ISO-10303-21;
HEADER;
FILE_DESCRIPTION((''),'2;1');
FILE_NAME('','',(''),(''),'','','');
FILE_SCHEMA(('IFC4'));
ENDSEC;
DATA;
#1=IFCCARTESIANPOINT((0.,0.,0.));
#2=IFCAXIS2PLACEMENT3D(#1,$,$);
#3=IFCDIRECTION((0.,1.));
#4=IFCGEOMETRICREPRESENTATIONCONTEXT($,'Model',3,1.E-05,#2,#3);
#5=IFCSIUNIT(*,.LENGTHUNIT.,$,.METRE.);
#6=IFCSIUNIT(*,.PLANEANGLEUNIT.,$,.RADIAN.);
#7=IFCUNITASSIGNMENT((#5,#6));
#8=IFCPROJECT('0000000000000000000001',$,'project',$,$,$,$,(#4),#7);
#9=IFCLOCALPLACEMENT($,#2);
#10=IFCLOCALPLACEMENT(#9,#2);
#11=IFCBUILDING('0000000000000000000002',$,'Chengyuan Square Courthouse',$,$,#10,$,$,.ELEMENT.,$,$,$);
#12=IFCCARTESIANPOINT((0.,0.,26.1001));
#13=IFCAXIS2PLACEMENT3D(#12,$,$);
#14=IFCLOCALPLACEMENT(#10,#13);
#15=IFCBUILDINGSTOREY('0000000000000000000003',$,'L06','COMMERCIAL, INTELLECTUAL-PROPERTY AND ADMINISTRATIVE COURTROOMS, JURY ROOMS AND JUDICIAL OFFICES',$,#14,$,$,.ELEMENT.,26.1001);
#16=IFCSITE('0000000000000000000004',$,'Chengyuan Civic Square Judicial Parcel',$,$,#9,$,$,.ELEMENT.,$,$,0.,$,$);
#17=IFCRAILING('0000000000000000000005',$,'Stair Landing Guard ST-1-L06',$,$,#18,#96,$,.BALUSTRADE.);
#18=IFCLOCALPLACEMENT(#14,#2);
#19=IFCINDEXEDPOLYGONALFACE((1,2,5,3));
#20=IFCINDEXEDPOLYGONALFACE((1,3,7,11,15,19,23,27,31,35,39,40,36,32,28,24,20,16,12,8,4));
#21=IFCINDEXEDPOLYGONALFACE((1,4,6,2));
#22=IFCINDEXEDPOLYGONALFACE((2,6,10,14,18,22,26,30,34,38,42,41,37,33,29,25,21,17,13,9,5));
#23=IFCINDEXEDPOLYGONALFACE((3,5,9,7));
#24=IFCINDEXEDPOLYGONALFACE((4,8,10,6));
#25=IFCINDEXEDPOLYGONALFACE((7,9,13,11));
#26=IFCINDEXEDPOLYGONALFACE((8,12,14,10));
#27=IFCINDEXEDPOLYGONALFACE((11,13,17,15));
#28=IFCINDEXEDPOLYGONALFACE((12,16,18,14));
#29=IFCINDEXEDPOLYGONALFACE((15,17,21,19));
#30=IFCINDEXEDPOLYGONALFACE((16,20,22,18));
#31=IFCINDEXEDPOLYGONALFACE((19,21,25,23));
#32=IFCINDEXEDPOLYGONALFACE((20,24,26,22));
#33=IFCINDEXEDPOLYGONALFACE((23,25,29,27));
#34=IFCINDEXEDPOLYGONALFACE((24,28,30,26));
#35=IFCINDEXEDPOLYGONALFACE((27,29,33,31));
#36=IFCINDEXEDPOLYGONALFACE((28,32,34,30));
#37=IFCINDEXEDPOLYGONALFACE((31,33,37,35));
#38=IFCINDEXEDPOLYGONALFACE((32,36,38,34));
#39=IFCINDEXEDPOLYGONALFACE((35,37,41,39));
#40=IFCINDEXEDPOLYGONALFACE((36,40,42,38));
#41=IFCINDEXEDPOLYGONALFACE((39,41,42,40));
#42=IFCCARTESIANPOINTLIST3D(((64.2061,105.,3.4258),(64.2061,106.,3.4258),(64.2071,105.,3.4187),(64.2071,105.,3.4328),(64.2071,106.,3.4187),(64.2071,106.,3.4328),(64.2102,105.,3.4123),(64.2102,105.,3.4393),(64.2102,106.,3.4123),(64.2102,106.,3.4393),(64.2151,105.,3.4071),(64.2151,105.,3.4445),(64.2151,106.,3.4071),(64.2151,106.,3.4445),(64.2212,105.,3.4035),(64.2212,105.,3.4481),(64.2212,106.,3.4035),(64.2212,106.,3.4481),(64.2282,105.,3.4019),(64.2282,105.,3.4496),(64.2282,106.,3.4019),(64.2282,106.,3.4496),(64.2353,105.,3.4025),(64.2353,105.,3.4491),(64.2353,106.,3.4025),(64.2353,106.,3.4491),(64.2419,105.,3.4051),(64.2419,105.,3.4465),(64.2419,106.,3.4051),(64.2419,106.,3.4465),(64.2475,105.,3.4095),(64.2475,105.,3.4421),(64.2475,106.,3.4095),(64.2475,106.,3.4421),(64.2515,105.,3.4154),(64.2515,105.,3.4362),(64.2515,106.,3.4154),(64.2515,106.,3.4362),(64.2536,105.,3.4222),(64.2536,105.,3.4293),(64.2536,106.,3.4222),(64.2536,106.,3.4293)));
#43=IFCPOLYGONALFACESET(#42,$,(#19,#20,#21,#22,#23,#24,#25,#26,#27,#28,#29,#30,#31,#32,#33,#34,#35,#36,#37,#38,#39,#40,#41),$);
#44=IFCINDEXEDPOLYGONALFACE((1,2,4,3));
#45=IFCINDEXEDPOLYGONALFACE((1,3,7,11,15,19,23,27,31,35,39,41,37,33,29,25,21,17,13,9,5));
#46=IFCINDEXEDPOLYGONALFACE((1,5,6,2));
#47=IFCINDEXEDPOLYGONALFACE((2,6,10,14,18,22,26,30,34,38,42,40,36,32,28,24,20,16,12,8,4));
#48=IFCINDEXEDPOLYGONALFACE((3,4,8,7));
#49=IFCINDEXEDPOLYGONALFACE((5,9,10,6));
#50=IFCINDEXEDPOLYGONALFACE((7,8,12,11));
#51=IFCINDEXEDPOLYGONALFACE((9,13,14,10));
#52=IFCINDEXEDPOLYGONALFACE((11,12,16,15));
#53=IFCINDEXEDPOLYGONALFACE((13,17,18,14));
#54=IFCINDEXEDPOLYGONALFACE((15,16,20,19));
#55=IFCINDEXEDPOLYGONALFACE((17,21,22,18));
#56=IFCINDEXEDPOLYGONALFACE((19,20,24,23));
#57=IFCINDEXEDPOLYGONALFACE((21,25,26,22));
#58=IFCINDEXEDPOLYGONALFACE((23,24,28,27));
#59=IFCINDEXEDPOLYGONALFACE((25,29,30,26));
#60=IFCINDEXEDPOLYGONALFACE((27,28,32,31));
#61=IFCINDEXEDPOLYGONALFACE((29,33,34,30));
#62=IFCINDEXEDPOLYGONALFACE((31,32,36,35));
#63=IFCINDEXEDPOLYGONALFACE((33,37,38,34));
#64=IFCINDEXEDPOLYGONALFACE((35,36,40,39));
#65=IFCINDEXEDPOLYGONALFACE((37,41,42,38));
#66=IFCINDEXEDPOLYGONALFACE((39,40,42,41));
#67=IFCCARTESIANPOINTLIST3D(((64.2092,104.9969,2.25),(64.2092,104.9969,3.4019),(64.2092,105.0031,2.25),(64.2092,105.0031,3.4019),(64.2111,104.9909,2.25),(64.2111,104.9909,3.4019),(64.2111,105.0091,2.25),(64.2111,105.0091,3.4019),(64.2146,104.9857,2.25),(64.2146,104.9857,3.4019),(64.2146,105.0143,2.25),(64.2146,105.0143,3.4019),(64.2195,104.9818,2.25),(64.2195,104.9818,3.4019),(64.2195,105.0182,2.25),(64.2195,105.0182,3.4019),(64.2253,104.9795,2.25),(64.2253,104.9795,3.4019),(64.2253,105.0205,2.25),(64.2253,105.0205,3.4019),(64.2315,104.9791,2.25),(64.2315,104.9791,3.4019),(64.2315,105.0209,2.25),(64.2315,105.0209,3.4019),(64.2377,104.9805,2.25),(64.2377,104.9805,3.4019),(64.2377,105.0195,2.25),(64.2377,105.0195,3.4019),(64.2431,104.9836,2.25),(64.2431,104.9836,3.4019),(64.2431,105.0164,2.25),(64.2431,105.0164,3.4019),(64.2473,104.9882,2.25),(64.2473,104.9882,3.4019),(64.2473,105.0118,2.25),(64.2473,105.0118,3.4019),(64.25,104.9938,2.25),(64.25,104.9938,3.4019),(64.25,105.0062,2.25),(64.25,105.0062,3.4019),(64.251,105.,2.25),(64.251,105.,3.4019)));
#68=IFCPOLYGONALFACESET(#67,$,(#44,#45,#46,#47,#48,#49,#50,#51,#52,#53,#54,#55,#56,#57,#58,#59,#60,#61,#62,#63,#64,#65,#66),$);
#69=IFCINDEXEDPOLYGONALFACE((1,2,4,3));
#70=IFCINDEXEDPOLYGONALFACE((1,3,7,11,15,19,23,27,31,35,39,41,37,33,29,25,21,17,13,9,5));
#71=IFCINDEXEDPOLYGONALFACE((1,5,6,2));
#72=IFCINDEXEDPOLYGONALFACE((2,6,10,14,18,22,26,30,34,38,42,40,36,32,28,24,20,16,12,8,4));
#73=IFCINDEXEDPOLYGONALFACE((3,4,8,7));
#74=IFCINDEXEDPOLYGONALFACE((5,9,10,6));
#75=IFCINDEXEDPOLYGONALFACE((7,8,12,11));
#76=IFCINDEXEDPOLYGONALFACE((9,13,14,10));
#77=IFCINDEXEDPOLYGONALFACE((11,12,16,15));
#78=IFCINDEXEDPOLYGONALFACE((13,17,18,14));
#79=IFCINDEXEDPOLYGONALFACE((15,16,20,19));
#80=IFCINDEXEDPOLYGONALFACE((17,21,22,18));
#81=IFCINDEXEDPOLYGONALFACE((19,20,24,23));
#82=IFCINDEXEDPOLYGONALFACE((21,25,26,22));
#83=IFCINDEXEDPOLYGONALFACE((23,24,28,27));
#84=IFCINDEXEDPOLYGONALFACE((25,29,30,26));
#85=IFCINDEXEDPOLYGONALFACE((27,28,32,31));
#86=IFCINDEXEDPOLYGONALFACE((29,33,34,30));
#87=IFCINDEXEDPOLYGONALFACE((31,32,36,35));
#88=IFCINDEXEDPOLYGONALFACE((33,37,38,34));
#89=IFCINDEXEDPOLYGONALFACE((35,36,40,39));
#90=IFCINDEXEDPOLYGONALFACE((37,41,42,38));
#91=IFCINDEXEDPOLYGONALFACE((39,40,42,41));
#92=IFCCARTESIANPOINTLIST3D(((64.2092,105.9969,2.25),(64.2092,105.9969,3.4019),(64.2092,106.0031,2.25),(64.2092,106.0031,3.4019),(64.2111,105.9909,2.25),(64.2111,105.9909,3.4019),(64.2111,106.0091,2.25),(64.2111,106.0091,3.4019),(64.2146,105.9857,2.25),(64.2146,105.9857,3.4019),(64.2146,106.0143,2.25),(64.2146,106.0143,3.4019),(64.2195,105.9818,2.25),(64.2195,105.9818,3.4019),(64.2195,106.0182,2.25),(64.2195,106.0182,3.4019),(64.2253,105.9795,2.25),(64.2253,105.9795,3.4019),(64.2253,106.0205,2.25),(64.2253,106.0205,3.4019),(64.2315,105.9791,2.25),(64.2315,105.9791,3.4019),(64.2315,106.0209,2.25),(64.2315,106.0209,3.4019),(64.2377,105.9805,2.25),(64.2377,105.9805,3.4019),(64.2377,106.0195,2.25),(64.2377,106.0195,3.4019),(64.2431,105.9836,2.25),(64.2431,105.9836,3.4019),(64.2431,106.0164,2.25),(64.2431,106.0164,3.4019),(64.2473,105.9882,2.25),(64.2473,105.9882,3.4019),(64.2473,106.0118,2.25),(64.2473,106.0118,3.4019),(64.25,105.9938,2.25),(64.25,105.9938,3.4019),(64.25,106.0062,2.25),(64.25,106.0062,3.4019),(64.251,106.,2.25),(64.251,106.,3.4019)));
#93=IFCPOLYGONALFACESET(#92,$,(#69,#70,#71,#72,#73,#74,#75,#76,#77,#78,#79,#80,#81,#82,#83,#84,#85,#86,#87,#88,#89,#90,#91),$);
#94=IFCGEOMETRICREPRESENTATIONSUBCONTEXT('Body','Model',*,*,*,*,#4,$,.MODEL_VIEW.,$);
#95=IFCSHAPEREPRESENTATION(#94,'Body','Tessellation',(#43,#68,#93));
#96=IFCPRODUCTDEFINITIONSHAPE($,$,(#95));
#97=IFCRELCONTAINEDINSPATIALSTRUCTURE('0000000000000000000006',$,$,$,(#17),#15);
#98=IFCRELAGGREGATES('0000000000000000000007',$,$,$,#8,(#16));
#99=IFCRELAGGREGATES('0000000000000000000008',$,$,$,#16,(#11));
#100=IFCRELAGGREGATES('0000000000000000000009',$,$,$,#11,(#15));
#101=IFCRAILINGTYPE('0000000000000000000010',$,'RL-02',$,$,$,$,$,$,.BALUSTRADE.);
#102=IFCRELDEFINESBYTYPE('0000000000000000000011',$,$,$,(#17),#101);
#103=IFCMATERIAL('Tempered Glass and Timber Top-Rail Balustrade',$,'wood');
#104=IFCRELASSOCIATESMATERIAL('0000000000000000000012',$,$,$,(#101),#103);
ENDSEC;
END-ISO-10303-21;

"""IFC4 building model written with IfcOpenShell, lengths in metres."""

from ifc_helpers import new_model, si_unit, direction, frame, origin, origin_2d, place, context, subcontext, project, spatial, circle, extrude, material, type_object, element, save


model = new_model("IFC4")

# Units and contexts
model_context = context("Model", 3, precision=1e-05, world=origin(), true_north=direction((0.0, 1.0)))
body_context = subcontext(model_context, "Body", "Model", "MODEL_VIEW")
ifc_project = project(units=[si_unit("LENGTHUNIT", "METRE"), si_unit("PLANEANGLEUNIT", "RADIAN")], contexts=[model_context])

# Site, building, storey
site_placement = place(None, origin())
site = spatial("IfcSite", under=ifc_project, at=site_placement, Name="Chengyuan Civic Square Judicial Parcel", CompositionType="ELEMENT", RefElevation=0.0)
building_placement = place(site_placement, origin())
building = spatial("IfcBuilding", under=site, at=building_placement, Name="Chengyuan Square Courthouse", CompositionType="ELEMENT")
storey_placement = place(building_placement, frame((0.0, 0.0, 26.1001)))
storey = spatial("IfcBuildingStorey", under=building, at=storey_placement, Name="L06", Description="COMMERCIAL, INTELLECTUAL-PROPERTY AND ADMINISTRATIVE COURTROOMS, JURY ROOMS AND JUDICIAL OFFICES", CompositionType="ELEMENT", Elevation=26.1001)

# Railing
ifc_material_1 = material(Name="Tempered Glass and Timber Top-Rail Balustrade", Category="wood")
railing_type_1 = type_object("IfcRailingType", Name="RL-02", PredefinedType="BALUSTRADE", material=ifc_material_1)
for number, where, name in (
    (1, (64.23, 105.0, 2.25), "Stair Landing Guard ST-1-L06"),
):
    element("IfcRailing", number, at=place(storey_placement, frame(where)), inside=storey, type_object=railing_type_1, Name=name, PredefinedType="BALUSTRADE", context=body_context, shape_type="SweptSolid", body=[
        extrude(circle(Radius=0.0239, at=origin_2d()), frame((0.0, 0.0, 1.1758), z_axis=(0.0, 1.0, 0.0), x_axis=(-1.0, 0.0, 0.0)), (0.0, 0.0, 1.0), 1.0),
        extrude(circle(Radius=0.021, at=origin_2d()), origin(), (0.0, 0.0, 1.0), 1.1519),
        extrude(circle(Radius=0.021, at=origin_2d()), frame((0.0, 1.0, 0.0)), (0.0, 0.0, 1.0), 1.1519),
    ])

save(model, "model.ifc")
